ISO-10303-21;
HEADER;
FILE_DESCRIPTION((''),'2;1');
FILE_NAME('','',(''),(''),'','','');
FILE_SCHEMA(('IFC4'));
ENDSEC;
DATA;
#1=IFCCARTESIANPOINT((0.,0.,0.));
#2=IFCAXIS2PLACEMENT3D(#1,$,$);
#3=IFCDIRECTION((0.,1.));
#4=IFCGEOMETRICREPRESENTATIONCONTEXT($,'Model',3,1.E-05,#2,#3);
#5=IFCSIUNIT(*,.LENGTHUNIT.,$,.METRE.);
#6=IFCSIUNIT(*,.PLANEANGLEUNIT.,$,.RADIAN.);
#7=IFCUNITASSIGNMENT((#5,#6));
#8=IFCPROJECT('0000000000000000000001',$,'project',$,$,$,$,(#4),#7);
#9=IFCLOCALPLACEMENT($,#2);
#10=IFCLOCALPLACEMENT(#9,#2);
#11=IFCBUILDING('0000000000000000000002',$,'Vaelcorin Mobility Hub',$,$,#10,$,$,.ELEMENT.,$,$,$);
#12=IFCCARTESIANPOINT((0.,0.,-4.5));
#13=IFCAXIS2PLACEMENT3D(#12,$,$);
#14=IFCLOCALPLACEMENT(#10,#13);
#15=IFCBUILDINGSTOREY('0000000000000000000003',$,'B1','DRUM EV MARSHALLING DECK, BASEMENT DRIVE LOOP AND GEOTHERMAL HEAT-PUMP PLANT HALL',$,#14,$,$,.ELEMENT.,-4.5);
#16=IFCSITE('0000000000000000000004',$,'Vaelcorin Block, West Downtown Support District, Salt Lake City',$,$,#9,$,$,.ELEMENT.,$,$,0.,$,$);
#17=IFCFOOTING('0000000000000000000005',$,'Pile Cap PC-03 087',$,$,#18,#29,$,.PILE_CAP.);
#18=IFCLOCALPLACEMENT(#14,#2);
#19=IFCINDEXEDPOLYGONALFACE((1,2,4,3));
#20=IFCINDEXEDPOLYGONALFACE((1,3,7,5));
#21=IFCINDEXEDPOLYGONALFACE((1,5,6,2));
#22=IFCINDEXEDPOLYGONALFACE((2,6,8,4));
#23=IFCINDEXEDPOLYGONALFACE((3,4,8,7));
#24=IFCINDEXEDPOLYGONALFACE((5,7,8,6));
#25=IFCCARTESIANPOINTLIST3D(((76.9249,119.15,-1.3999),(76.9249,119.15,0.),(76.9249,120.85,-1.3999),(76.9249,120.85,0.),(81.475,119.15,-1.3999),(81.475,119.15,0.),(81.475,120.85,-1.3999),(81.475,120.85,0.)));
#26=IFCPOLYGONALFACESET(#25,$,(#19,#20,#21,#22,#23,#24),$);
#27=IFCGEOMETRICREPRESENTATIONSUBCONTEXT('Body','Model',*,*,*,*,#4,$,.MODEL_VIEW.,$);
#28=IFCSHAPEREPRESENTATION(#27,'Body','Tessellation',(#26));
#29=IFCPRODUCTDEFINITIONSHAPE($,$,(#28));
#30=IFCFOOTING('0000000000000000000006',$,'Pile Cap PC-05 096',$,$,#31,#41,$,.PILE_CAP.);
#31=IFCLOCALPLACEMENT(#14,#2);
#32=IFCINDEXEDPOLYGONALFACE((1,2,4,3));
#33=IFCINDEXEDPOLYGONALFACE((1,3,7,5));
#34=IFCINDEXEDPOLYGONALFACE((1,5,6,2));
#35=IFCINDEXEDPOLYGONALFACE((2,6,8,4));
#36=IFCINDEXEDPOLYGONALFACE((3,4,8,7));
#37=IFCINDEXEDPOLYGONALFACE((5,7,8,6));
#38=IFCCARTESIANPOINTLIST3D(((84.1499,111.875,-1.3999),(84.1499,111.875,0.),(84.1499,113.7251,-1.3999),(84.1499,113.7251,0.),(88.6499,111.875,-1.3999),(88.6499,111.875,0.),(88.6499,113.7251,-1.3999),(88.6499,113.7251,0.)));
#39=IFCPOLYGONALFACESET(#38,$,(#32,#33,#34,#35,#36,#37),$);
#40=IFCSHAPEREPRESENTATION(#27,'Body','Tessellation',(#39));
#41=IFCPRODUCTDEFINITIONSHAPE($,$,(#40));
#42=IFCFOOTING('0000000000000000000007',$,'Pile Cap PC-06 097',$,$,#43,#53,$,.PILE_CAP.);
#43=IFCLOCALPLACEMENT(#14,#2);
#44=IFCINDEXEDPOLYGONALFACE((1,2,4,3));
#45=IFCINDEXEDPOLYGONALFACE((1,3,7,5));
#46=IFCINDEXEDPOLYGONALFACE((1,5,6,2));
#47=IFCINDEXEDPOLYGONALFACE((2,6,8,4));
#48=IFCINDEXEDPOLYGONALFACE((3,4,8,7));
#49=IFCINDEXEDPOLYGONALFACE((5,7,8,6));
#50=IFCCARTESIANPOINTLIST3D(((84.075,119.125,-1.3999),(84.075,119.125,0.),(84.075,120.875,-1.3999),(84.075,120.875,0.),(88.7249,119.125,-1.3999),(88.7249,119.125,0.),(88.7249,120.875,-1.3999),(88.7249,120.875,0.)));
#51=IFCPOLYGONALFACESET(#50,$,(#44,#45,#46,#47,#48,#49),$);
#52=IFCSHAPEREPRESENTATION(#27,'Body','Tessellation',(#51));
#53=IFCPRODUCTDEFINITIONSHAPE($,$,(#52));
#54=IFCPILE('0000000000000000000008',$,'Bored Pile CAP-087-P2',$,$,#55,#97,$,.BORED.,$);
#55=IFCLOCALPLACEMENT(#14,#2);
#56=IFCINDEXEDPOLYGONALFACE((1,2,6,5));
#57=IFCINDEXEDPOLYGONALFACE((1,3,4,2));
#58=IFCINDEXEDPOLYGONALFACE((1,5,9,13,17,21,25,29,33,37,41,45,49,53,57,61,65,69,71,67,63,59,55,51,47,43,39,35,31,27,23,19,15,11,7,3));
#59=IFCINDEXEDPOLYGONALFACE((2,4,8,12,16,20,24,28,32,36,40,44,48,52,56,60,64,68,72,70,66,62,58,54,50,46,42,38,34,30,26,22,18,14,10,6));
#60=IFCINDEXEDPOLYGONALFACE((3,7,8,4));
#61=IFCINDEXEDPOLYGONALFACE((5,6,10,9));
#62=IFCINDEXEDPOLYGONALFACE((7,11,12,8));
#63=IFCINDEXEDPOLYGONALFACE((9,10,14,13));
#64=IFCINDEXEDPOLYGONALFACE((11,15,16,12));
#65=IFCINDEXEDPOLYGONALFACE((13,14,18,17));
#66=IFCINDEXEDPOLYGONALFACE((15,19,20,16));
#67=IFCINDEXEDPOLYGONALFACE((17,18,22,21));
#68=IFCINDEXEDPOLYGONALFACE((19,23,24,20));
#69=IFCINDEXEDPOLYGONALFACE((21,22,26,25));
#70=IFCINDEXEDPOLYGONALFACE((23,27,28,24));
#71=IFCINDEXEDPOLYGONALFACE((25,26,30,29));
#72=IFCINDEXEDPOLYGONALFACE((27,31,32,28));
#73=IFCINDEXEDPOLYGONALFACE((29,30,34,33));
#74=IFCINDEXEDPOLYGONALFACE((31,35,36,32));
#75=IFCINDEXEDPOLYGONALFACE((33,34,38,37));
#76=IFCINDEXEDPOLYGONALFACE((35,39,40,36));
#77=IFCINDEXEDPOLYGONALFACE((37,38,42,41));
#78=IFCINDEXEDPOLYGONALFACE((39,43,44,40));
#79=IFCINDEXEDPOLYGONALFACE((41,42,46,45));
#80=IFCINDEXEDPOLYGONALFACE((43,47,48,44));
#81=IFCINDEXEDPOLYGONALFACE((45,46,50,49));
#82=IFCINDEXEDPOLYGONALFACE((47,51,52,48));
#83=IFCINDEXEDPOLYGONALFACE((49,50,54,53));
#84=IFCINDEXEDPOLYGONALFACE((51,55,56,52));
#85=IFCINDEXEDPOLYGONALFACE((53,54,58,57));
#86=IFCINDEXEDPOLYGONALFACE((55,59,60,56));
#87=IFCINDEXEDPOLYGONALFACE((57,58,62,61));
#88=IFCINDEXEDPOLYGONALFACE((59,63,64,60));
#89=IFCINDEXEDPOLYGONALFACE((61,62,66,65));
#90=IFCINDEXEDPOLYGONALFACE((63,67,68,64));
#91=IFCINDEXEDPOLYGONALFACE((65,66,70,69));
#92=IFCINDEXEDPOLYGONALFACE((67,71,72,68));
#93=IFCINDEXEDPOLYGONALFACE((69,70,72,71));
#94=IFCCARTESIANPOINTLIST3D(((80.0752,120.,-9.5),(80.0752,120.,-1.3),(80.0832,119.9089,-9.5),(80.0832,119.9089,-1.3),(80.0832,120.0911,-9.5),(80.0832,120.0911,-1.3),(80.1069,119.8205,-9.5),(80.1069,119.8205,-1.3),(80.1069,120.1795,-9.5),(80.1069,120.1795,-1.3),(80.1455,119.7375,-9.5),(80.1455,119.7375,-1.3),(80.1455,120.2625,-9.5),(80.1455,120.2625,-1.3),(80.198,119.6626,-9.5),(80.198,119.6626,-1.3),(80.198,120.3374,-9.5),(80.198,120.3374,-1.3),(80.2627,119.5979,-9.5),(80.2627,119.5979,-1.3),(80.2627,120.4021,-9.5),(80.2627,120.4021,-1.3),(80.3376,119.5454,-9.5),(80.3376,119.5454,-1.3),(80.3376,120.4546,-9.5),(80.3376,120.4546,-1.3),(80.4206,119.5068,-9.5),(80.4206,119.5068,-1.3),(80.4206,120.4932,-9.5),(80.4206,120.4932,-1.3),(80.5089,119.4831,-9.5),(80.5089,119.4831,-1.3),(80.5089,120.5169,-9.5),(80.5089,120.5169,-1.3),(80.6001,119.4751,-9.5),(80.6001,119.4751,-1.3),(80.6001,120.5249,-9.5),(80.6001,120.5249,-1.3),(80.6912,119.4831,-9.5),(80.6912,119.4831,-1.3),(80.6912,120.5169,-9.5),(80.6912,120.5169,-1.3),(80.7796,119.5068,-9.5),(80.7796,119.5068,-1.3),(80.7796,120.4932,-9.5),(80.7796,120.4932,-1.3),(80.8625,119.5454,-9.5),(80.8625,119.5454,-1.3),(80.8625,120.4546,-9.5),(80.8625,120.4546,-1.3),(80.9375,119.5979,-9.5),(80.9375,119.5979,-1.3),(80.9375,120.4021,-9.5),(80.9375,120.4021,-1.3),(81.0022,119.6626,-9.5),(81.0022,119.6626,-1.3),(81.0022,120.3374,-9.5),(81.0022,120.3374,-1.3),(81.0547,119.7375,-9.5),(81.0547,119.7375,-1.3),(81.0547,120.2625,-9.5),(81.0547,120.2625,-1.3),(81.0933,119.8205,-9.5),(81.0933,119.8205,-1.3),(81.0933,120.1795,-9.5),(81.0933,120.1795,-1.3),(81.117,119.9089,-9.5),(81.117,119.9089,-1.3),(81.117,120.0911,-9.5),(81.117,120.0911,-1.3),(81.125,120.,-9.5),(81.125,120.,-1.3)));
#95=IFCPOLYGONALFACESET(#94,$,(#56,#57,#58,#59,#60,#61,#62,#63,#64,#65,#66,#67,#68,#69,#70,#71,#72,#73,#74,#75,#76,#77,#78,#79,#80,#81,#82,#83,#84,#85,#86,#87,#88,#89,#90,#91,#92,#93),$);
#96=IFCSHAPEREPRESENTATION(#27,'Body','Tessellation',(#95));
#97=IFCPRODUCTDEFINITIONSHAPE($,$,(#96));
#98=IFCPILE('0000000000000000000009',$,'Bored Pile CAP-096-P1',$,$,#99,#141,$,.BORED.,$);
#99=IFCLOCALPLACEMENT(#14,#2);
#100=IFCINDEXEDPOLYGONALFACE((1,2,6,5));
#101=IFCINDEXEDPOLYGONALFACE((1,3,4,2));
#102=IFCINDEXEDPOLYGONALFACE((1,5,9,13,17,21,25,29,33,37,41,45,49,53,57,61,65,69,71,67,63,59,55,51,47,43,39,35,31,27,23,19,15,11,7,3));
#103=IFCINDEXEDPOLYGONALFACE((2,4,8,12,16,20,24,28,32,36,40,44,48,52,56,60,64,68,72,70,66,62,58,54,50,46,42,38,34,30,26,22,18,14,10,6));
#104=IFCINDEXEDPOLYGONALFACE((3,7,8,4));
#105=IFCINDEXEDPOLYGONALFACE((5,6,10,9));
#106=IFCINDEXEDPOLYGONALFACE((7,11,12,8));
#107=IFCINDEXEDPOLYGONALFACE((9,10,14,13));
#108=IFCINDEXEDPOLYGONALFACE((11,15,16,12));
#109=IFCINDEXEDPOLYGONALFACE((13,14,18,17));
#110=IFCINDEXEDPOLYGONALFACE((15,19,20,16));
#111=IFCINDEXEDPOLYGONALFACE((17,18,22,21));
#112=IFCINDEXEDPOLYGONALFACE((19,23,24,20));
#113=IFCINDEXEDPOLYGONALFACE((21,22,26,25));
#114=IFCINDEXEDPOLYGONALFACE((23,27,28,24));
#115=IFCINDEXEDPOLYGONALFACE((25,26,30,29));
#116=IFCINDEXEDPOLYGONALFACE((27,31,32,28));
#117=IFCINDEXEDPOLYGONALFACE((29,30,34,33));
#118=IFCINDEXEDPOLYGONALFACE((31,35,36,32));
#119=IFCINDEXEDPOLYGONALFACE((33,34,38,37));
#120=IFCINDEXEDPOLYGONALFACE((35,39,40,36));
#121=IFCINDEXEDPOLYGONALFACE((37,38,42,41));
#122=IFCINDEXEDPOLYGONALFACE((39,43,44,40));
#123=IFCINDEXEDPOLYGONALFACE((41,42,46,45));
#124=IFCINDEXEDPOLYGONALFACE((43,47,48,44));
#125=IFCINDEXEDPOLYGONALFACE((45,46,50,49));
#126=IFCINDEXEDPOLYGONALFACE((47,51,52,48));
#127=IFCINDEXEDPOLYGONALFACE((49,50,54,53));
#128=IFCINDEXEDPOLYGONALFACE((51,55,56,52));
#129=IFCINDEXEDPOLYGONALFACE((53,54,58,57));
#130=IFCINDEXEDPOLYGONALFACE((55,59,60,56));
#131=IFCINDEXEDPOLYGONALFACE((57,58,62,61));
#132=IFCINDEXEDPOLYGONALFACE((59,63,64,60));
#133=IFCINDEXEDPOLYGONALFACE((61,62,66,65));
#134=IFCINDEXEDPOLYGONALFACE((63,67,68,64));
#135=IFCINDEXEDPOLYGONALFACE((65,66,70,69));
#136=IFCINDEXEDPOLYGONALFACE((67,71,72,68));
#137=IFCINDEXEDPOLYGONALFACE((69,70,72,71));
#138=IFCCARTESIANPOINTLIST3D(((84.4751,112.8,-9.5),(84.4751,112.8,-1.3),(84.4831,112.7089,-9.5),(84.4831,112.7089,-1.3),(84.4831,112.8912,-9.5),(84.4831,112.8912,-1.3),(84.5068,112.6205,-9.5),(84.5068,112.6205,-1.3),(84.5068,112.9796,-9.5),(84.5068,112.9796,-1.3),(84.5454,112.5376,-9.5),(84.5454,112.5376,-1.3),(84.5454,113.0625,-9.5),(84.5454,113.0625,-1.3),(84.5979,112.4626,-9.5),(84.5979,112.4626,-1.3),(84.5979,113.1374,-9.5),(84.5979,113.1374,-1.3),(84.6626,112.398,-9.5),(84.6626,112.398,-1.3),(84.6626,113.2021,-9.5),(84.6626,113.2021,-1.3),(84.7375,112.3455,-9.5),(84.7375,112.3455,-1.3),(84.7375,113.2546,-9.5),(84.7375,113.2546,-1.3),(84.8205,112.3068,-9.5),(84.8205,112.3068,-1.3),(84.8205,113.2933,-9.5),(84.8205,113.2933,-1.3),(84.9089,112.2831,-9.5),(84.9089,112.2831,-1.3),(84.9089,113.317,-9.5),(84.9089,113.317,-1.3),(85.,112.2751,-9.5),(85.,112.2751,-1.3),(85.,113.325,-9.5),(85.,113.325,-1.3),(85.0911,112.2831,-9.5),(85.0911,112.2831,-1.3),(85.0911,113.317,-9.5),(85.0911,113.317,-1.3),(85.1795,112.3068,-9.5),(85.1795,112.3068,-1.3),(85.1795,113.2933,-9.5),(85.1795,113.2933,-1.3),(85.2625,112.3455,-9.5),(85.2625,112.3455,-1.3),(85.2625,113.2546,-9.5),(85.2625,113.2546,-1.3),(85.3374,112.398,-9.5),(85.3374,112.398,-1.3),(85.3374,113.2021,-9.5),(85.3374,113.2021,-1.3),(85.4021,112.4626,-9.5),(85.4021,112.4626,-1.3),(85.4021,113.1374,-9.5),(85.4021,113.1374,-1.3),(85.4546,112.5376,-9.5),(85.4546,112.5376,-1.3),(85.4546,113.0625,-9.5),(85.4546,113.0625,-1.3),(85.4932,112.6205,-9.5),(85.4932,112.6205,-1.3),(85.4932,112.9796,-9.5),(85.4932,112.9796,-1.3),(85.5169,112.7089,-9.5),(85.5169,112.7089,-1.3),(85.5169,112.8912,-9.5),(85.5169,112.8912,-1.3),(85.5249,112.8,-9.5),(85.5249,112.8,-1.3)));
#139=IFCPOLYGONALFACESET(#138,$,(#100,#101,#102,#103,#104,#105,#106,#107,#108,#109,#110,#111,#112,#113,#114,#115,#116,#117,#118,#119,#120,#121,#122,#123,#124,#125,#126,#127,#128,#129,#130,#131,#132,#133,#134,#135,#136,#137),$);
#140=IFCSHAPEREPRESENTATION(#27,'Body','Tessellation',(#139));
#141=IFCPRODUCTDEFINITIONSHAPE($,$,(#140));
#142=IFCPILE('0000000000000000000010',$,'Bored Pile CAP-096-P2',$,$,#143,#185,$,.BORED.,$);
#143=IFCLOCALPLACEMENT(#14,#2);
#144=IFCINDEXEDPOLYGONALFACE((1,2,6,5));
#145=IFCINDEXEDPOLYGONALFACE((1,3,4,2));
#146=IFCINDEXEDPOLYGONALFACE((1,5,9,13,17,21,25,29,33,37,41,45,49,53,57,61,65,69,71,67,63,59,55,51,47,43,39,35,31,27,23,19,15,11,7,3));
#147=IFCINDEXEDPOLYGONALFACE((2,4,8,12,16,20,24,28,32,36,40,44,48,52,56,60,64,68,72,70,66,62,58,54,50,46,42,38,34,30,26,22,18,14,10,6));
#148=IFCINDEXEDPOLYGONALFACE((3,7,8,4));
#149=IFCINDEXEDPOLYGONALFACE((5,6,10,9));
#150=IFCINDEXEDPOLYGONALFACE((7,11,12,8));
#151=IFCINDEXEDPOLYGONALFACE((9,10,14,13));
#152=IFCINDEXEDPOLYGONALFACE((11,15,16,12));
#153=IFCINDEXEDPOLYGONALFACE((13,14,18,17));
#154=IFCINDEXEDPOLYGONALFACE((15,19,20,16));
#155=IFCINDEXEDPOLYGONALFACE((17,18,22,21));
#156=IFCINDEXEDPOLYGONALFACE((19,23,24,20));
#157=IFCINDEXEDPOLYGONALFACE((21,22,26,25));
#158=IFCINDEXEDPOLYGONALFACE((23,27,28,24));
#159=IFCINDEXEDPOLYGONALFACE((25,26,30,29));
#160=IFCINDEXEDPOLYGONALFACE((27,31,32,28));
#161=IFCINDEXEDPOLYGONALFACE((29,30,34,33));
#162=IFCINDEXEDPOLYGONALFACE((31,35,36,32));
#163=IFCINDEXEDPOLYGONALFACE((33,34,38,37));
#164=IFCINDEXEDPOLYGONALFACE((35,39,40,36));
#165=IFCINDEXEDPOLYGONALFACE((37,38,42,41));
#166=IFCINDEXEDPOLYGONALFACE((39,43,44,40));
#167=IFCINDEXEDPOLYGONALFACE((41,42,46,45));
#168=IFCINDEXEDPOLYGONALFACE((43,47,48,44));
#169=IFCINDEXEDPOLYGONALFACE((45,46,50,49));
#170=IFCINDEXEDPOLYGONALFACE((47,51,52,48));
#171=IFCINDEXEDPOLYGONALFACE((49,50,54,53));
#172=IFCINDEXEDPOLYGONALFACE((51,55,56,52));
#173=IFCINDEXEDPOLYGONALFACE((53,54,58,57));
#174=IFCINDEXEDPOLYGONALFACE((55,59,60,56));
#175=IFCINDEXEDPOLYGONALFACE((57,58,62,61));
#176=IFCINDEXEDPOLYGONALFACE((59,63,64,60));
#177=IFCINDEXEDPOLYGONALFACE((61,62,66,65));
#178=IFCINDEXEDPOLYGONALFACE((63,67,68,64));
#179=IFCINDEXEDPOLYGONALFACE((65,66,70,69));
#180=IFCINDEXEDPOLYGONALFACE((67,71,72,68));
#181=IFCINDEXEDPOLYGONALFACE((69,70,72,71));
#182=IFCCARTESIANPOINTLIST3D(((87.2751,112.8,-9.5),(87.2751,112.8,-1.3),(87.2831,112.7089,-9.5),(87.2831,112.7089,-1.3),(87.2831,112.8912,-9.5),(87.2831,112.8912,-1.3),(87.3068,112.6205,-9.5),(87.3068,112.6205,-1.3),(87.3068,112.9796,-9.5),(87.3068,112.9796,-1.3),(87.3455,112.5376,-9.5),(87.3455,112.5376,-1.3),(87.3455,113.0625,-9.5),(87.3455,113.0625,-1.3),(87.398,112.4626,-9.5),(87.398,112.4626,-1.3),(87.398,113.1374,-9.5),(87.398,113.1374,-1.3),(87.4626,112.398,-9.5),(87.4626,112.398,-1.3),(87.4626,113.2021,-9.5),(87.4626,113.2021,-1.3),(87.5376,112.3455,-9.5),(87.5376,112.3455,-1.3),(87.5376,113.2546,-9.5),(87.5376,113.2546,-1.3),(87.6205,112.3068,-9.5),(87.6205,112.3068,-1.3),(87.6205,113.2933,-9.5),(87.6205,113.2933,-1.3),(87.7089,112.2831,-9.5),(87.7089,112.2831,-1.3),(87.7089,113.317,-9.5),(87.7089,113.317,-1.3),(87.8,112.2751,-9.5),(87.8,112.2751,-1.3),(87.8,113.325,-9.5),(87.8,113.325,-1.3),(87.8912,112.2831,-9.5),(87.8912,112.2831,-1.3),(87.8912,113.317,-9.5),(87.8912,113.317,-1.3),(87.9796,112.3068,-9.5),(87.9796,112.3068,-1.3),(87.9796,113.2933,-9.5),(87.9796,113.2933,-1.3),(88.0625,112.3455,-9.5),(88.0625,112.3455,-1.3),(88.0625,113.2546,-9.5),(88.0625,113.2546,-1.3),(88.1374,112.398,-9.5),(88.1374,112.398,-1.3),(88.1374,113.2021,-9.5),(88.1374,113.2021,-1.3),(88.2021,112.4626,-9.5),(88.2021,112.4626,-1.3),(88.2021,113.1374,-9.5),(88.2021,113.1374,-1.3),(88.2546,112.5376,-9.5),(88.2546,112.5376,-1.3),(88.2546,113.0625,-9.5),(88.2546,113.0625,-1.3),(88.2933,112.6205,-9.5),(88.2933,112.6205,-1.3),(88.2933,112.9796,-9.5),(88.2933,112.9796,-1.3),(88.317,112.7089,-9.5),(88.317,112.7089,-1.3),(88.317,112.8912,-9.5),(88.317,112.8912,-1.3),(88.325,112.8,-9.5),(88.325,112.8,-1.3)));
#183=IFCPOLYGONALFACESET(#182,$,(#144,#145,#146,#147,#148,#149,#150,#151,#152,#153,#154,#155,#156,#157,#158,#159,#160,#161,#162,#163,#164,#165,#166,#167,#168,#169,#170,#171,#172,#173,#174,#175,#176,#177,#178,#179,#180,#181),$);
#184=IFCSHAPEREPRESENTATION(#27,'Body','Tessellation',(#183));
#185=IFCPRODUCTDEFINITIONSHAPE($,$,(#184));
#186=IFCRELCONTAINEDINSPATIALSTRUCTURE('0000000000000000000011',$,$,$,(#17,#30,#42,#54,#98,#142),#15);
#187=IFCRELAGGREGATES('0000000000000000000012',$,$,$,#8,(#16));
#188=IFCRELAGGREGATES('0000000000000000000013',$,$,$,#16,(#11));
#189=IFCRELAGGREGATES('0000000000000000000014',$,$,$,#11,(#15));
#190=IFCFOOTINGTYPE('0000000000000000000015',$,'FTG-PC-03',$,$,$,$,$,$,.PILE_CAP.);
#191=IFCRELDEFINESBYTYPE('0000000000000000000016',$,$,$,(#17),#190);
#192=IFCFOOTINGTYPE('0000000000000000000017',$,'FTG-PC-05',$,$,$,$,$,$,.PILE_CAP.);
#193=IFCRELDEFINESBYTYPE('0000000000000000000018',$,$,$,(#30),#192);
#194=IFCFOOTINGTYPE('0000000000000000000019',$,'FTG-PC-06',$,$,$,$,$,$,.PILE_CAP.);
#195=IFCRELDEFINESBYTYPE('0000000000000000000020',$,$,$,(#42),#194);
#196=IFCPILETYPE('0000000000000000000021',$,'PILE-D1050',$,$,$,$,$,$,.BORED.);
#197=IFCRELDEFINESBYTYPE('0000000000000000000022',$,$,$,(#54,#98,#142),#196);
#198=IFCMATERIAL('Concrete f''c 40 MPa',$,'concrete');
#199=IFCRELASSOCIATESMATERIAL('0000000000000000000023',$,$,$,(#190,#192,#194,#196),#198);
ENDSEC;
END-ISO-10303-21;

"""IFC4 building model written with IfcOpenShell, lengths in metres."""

from ifc_helpers import new_model, si_unit, direction, frame, origin, origin_2d, place, context, subcontext, project, spatial, rectangle, circle, extrude, material, material_profile, profile_set, type_object, element, save


model = new_model("IFC4")

# Units and contexts
model_context = context("Model", 3, precision=1e-05, world=origin(), true_north=direction((0.0, 1.0)))
body_context = subcontext(model_context, "Body", "Model", "MODEL_VIEW")
ifc_project = project(units=[si_unit("LENGTHUNIT", "METRE"), si_unit("PLANEANGLEUNIT", "RADIAN")], contexts=[model_context])

# Site, building, storey
site_placement = place(None, origin())
site = spatial("IfcSite", under=ifc_project, at=site_placement, Name="Vaelcorin Block, West Downtown Support District, Salt Lake City", CompositionType="ELEMENT", RefElevation=0.0)
building_placement = place(site_placement, origin())
building = spatial("IfcBuilding", under=site, at=building_placement, Name="Vaelcorin Mobility Hub", CompositionType="ELEMENT")
storey_placement = place(building_placement, frame((0.0, 0.0, -4.5)))
storey = spatial("IfcBuildingStorey", under=building, at=storey_placement, Name="B1", Description="DRUM EV MARSHALLING DECK, BASEMENT DRIVE LOOP AND GEOTHERMAL HEAT-PUMP PLANT HALL", CompositionType="ELEMENT", Elevation=-4.5)

# Footings
ifc_material_1 = material(Name="Concrete f'c 40 MPa", Category="concrete")
footing_type_1 = type_object("IfcFootingType", Name="FTG-PC-03", PredefinedType="PILE_CAP", material=ifc_material_1)
footing_1_placement = place(storey_placement, frame((79.2, 120.0, -1.3999), z_axis=(0.0, 0.0, 1.0), x_axis=(1.0, 0.0, 0.0)))
element("IfcFooting", 1, at=footing_1_placement, inside=storey, type_object=footing_type_1, Name="Pile Cap PC-03 087", PredefinedType="PILE_CAP", context=body_context, shape_type="SweptSolid", body=[
    extrude(rectangle(XDim=4.55, YDim=1.7, at=origin_2d()), origin(), (0.0, 0.0, 1.0), 1.3999),
])
footing_type_2 = type_object("IfcFootingType", Name="FTG-PC-05", PredefinedType="PILE_CAP", material=ifc_material_1)
footing_2_placement = place(storey_placement, frame((86.3999, 112.8, -1.3999), z_axis=(0.0, 0.0, 1.0), x_axis=(1.0, 0.0, 0.0)))
element("IfcFooting", 2, at=footing_2_placement, inside=storey, type_object=footing_type_2, Name="Pile Cap PC-05 096", PredefinedType="PILE_CAP", context=body_context, shape_type="SweptSolid", body=[
    extrude(rectangle(XDim=4.5, YDim=1.8501, at=origin_2d()), origin(), (0.0, 0.0, 1.0), 1.3999),
])
footing_type_3 = type_object("IfcFootingType", Name="FTG-PC-06", PredefinedType="PILE_CAP", material=ifc_material_1)
footing_3_placement = place(storey_placement, frame((86.3999, 120.0, -1.3999), z_axis=(0.0, 0.0, 1.0), x_axis=(1.0, 0.0, 0.0)))
element("IfcFooting", 3, at=footing_3_placement, inside=storey, type_object=footing_type_3, Name="Pile Cap PC-06 097", PredefinedType="PILE_CAP", context=body_context, shape_type="SweptSolid", body=[
    extrude(rectangle(XDim=4.6499, YDim=1.75, at=origin_2d()), origin(), (0.0, 0.0, 1.0), 1.3999),
])

# Piles
ifc_material_profile_1 = material_profile(ifc_material_1, circle(Radius=0.5249, at=origin_2d()), Name="BP-D1050")
ifc_profile_set_1 = profile_set([ifc_material_profile_1], Name="Concrete f'c 40 MPa")
pile_type = type_object("IfcPileType", Name="PILE-D1050", PredefinedType="BORED", material=ifc_profile_set_1)
for number, where, z_axis, x_axis, name in (
    (4, (80.6001, 120.0, -1.3), (0.0, 0.0, -1.0), (1.0, 0.0, 0.0), "Bored Pile CAP-087-P2"),
    (5, (85.0, 112.8, -1.3), (0.0, 0.0, -1.0), (1.0, 0.0, 0.0), "Bored Pile CAP-096-P1"),
    (6, (87.8, 112.8, -1.3), (0.0, 0.0, -1.0), (1.0, 0.0, 0.0), "Bored Pile CAP-096-P2"),
):
    element("IfcPile", number, at=place(storey_placement, frame(where, z_axis=z_axis, x_axis=x_axis)), inside=storey, type_object=pile_type, Name=name, PredefinedType="BORED", context=body_context, shape_type="SweptSolid", body=[
        extrude(circle(Radius=0.5249, at=origin_2d()), origin(), (0.0, 0.0, 1.0), 8.2),
    ])

save(model, "model.ifc")
